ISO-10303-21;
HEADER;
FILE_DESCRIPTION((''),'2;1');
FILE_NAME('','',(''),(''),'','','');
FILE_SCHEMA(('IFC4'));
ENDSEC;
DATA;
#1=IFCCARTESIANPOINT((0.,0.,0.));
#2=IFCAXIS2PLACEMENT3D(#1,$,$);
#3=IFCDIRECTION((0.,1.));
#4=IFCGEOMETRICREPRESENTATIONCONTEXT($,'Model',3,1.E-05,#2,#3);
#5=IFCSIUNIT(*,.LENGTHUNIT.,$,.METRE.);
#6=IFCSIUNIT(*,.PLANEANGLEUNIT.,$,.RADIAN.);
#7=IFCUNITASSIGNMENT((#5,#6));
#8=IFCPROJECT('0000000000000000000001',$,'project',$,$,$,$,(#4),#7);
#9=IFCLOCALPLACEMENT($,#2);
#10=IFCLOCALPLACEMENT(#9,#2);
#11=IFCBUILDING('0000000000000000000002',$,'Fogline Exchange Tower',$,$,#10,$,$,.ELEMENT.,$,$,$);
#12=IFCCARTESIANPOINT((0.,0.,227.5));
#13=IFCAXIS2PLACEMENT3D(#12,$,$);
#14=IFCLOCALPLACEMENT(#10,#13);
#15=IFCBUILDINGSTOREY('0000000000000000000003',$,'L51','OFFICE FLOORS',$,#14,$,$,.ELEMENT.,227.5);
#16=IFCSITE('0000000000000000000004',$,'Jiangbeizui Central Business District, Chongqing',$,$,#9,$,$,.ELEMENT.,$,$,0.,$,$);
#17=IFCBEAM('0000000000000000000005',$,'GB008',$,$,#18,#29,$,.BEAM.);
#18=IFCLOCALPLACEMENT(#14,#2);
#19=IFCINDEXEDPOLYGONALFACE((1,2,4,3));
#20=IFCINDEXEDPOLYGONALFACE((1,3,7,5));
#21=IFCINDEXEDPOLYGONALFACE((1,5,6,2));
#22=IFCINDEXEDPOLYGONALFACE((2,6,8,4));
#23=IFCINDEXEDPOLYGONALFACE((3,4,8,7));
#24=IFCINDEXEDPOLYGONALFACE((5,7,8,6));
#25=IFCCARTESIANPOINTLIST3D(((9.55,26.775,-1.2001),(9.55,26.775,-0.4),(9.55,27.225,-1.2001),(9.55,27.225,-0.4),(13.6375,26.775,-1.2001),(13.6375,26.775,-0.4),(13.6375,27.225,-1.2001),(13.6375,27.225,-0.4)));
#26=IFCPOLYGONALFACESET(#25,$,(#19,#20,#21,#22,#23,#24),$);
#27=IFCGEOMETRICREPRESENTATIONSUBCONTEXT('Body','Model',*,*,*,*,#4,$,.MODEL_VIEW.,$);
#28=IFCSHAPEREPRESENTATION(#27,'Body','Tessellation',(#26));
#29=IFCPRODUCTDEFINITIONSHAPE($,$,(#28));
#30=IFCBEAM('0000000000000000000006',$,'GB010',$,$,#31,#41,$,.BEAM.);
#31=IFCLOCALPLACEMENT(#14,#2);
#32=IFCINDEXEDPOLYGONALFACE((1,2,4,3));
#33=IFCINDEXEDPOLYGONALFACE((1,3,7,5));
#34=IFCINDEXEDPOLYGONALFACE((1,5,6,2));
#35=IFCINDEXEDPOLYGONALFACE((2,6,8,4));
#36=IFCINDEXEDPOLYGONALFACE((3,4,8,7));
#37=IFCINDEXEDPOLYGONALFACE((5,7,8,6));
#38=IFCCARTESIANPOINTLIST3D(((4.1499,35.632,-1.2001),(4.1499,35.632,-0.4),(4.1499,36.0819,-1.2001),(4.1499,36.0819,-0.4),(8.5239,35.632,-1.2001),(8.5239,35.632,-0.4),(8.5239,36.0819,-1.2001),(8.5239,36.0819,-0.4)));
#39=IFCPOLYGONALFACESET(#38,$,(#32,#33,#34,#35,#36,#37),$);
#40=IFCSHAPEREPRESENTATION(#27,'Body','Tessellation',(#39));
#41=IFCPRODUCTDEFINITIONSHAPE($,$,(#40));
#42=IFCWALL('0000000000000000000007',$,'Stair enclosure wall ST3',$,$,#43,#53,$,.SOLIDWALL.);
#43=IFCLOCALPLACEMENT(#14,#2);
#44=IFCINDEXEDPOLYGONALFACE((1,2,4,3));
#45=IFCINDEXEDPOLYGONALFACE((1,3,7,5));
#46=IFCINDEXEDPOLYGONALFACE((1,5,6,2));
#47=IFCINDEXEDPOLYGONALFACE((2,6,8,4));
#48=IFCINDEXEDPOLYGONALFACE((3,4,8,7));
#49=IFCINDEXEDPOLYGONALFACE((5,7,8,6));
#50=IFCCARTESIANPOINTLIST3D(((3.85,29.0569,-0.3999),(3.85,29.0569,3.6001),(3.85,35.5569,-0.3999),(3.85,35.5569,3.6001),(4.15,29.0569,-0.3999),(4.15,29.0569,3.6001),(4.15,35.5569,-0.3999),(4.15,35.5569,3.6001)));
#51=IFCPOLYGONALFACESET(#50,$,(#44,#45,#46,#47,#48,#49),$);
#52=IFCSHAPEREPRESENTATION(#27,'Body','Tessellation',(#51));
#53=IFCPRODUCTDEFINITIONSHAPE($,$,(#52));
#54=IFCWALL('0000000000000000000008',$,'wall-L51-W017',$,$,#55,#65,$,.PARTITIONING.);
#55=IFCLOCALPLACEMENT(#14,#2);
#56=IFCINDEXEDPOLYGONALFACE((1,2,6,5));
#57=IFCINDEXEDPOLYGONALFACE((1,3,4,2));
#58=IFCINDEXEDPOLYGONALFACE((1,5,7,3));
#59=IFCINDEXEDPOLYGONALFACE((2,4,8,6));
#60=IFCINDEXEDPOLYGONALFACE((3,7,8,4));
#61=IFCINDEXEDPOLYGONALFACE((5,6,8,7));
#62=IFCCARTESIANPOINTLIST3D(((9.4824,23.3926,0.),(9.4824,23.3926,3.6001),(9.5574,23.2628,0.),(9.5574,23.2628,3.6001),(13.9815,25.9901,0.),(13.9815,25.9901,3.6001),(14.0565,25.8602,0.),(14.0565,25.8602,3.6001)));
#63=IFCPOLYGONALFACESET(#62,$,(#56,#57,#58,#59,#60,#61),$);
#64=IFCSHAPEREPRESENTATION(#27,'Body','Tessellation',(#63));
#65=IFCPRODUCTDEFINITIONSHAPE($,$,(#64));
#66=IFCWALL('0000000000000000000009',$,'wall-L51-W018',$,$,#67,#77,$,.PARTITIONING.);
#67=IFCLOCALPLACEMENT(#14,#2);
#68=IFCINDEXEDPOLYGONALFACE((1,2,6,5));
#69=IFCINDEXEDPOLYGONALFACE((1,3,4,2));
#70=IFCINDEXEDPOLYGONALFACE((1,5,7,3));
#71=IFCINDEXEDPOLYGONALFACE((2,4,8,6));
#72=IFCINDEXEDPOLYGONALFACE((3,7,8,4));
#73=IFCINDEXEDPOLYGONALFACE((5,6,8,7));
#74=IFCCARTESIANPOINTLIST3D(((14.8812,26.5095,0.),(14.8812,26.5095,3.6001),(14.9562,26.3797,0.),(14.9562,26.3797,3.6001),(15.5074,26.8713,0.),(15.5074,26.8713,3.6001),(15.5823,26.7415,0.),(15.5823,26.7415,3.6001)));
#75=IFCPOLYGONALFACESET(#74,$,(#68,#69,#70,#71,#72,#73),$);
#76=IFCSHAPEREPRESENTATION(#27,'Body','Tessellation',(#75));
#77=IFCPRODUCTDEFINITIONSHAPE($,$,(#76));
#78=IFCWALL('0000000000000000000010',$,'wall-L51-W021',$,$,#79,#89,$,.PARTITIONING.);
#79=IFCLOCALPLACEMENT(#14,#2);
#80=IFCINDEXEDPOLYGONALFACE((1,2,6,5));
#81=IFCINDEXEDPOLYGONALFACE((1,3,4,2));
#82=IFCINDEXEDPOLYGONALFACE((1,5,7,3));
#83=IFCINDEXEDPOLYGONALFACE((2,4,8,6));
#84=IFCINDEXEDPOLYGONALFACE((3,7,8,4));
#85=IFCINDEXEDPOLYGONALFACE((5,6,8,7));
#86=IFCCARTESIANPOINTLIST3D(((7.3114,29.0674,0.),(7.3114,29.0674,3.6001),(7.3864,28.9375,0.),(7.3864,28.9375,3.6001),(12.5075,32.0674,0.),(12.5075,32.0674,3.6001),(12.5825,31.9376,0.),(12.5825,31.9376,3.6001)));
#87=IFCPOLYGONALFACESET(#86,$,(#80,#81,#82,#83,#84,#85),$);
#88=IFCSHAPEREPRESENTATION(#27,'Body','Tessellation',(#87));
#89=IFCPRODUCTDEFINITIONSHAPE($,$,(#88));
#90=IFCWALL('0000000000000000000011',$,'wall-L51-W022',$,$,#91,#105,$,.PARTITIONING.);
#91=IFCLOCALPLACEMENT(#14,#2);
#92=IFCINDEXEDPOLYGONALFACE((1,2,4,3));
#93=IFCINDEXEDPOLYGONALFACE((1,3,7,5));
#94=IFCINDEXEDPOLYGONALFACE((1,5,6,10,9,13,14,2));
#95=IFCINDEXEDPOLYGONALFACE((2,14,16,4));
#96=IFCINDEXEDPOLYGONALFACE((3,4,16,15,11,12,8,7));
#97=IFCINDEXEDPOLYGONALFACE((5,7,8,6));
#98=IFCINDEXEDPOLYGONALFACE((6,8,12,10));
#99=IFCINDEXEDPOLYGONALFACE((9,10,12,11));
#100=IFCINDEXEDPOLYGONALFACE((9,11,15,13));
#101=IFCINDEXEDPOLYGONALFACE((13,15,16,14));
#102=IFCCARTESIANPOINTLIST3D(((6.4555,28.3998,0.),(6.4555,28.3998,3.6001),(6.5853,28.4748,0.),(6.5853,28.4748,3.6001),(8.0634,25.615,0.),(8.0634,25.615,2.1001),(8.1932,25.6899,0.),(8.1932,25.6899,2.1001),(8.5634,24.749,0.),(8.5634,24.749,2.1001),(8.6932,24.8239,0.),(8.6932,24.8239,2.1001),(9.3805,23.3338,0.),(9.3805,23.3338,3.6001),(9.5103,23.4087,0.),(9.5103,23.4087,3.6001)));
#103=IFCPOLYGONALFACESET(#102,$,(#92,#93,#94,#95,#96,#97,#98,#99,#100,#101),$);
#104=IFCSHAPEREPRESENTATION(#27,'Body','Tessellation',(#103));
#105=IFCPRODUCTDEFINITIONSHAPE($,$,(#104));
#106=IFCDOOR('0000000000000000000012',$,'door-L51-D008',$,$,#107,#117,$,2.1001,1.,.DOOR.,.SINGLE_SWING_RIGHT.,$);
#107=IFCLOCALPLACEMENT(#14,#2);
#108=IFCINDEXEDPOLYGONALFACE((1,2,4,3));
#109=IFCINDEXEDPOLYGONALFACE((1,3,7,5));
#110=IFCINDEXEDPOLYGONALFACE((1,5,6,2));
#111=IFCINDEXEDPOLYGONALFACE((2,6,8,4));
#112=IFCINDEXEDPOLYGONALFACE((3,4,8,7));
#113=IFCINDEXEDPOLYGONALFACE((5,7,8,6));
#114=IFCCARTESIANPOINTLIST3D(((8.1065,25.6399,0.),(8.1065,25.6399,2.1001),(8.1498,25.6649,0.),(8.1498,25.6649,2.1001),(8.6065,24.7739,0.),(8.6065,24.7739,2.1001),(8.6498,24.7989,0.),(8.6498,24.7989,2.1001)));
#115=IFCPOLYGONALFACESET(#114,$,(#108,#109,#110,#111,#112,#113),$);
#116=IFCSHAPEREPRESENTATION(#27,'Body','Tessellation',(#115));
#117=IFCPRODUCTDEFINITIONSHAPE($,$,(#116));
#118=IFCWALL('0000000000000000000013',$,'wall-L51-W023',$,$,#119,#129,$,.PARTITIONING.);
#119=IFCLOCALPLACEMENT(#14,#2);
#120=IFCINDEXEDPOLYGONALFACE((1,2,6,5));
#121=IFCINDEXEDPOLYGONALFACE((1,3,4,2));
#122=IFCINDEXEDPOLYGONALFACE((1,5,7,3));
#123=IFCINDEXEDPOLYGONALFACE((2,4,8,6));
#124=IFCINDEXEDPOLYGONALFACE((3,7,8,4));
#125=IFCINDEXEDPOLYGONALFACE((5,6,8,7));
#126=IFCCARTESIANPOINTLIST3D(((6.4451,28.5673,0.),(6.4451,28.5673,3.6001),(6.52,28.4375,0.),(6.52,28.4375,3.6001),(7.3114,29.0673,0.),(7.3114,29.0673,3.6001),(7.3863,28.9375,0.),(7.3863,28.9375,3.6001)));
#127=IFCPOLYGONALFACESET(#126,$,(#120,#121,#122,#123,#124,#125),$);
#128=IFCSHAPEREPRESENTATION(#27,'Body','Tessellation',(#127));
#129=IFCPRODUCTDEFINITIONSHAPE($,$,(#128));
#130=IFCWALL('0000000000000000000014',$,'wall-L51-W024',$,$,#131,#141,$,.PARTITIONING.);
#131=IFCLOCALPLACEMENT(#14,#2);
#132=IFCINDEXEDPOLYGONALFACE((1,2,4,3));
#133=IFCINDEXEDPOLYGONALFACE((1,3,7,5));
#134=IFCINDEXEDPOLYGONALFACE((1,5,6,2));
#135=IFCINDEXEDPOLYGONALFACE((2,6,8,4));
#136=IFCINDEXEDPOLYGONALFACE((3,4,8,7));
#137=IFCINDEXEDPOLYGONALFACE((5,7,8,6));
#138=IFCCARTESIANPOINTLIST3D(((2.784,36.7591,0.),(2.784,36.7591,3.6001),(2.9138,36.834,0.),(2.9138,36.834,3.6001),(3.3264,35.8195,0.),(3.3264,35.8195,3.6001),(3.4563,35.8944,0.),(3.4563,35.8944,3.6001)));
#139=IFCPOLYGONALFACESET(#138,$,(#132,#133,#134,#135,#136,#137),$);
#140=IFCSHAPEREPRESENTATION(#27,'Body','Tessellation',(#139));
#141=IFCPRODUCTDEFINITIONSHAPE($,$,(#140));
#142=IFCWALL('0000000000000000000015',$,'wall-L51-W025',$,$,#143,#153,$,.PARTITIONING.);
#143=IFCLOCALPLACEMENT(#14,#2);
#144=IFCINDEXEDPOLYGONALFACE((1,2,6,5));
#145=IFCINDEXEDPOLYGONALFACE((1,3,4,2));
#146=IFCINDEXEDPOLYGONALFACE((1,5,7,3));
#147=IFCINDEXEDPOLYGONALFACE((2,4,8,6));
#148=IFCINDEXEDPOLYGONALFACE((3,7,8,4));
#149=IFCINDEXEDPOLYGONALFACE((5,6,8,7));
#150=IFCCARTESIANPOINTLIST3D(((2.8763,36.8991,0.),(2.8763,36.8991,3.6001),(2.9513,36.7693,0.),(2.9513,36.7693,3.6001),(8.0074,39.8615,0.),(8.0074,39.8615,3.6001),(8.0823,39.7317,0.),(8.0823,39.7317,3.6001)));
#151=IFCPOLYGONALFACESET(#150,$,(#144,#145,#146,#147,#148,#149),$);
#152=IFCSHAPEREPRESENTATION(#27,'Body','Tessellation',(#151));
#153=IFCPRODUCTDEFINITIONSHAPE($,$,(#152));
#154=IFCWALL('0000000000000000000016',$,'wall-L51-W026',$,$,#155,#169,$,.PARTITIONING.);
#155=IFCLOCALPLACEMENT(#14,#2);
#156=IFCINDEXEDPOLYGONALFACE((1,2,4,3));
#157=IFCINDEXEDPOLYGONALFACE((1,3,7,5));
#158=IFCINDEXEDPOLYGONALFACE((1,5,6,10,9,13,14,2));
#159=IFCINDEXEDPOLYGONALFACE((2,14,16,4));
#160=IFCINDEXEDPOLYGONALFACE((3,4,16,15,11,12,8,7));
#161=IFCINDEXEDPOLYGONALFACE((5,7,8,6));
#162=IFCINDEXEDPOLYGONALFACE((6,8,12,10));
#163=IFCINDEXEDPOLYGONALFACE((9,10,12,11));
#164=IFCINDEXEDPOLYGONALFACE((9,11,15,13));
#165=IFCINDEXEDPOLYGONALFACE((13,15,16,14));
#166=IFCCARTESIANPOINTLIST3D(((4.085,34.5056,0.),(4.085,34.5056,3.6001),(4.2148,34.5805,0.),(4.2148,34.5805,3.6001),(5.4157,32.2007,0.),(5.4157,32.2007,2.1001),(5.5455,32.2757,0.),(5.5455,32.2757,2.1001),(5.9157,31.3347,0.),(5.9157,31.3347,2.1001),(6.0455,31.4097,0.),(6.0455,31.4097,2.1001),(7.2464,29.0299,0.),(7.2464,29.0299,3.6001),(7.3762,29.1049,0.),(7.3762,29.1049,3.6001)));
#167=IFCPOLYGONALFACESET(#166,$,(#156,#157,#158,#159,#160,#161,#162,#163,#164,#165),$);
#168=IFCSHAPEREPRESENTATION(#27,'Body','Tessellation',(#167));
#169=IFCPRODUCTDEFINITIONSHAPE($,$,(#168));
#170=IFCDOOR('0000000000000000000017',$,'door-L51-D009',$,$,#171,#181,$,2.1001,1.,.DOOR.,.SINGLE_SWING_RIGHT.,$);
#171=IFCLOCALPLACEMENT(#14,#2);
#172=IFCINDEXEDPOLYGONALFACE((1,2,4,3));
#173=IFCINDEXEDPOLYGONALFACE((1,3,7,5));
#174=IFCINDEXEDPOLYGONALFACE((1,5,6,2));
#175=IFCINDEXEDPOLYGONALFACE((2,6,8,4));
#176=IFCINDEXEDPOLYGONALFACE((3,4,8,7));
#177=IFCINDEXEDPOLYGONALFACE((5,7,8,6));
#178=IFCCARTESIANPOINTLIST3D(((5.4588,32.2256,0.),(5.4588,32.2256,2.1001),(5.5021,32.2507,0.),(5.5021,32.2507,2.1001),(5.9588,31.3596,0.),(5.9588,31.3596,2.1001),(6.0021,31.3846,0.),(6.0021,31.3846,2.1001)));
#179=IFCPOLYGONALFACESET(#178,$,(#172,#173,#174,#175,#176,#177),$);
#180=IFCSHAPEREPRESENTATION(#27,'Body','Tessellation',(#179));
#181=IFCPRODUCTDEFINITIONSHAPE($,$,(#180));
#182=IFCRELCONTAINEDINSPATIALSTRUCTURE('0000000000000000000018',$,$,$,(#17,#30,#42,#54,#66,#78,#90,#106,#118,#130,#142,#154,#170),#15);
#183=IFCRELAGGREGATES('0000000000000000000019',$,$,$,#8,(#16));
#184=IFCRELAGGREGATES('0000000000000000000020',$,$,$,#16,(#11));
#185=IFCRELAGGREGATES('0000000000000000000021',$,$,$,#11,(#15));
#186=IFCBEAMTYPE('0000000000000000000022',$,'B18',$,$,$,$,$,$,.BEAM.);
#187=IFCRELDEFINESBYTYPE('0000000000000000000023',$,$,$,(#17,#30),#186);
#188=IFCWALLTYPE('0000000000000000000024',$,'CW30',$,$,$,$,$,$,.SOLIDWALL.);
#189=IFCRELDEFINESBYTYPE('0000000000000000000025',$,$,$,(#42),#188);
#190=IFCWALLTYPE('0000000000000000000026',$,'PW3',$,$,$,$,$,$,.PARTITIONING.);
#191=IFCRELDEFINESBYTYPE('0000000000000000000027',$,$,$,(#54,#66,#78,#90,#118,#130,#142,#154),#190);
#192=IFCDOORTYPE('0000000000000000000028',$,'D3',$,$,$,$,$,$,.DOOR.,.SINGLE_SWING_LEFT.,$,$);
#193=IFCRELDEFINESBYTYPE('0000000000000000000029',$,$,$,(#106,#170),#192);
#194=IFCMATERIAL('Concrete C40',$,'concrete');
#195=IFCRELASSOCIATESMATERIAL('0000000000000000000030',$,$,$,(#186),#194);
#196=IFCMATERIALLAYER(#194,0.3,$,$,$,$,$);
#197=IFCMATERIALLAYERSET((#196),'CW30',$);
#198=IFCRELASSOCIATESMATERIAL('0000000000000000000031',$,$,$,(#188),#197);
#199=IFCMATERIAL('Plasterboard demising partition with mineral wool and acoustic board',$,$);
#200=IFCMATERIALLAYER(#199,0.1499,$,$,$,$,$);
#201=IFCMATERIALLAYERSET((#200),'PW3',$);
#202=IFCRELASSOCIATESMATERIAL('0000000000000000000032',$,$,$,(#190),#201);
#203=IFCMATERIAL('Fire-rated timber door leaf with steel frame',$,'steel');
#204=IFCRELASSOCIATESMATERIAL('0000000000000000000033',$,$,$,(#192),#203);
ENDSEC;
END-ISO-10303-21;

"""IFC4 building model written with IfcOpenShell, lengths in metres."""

from ifc_helpers import new_model, si_unit, direction, frame, frame_2d, origin, origin_2d, place, context, subcontext, project, spatial, rectangle, extrude, material, layer, layer_set, material_profile, profile_set, type_object, element, fill, save


model = new_model("IFC4")

# Units and contexts
model_context = context("Model", 3, precision=1e-05, world=origin(), true_north=direction((0.0, 1.0)))
body_context = subcontext(model_context, "Body", "Model", "MODEL_VIEW")
ifc_project = project(units=[si_unit("LENGTHUNIT", "METRE"), si_unit("PLANEANGLEUNIT", "RADIAN")], contexts=[model_context])

# Site, building, storey
site_placement = place(None, origin())
site = spatial("IfcSite", under=ifc_project, at=site_placement, Name="Jiangbeizui Central Business District, Chongqing", CompositionType="ELEMENT", RefElevation=0.0)
building_placement = place(site_placement, origin())
building = spatial("IfcBuilding", under=site, at=building_placement, Name="Fogline Exchange Tower", CompositionType="ELEMENT")
storey_placement = place(building_placement, frame((0.0, 0.0, 227.5)))
storey = spatial("IfcBuildingStorey", under=building, at=storey_placement, Name="L51", Description="OFFICE FLOORS", CompositionType="ELEMENT", Elevation=227.5)

# Beams
ifc_material_1 = material(Name="Concrete C40", Category="concrete")
ifc_material_profile_1 = material_profile(ifc_material_1, rectangle(XDim=0.45, YDim=0.8, at=origin_2d()), Name="RC 450x800")
ifc_profile_set_1 = profile_set([ifc_material_profile_1], Name="Concrete C40")
beam_type_1 = type_object("IfcBeamType", Name="B18", PredefinedType="BEAM", material=ifc_profile_set_1)
beam_1_placement = place(storey_placement, frame((9.55, 27.0, -0.8), z_axis=(1.0, 0.0, 0.0), x_axis=(0.0, 1.0, 0.0)))
element("IfcBeam", 1, at=beam_1_placement, inside=storey, type_object=beam_type_1, Name="GB008", PredefinedType="BEAM", context=body_context, shape_type="SweptSolid", body=[
    extrude(rectangle(XDim=0.45, YDim=0.8, at=origin_2d()), origin(), (0.0, 0.0, 1.0), 4.0874),
])
beam_2_placement = place(storey_placement, frame((4.1499, 35.8569, -0.8), z_axis=(1.0, 0.0, 0.0), x_axis=(0.0, 1.0, 0.0)))
element("IfcBeam", 2, at=beam_2_placement, inside=storey, type_object=beam_type_1, Name="GB010", PredefinedType="BEAM", context=body_context, shape_type="SweptSolid", body=[
    extrude(rectangle(XDim=0.45, YDim=0.8, at=origin_2d()), origin(), (0.0, 0.0, 1.0), 4.374),
])

# Wall
ifc_layer_1 = layer(ifc_material_1, 0.3)
ifc_layer_set_1 = layer_set([ifc_layer_1], Name="CW30")
wall_type_1 = type_object("IfcWallType", Name="CW30", PredefinedType="SOLIDWALL", material=ifc_layer_set_1)
wall_1_placement = place(storey_placement, frame((4.0, 29.0569, -0.3999), z_axis=(0.0, 0.0, 1.0), x_axis=(0.0, 1.0, 0.0)))
element("IfcWall", 3, at=wall_1_placement, inside=storey, type_object=wall_type_1, Name="Stair enclosure wall ST3", PredefinedType="SOLIDWALL", context=body_context, shape_type="SweptSolid", body=[
    extrude(rectangle(XDim=6.5, YDim=0.3, at=frame_2d((3.25, 0.0))), origin(), (0.0, 0.0, 1.0), 4.0),
])

# Walls
ifc_material_2 = material(Name="Plasterboard demising partition with mineral wool and acoustic board")
ifc_layer_2 = layer(ifc_material_2, 0.1499)
ifc_layer_set_2 = layer_set([ifc_layer_2], Name="PW3")
wall_type_2 = type_object("IfcWallType", Name="PW3", PredefinedType="PARTITIONING", material=ifc_layer_set_2)
wall_2_placement = place(storey_placement, frame((9.5198, 23.3276, 0.0), z_axis=(0.0, 0.0, 1.0), x_axis=(0.866034, 0.499986, 0.0)))
element("IfcWall", 4, at=wall_2_placement, inside=storey, type_object=wall_type_2, Name="wall-L51-W017", PredefinedType="PARTITIONING", context=body_context, shape_type="SweptSolid", body=[
    extrude(rectangle(XDim=5.1951, YDim=0.1499, at=frame_2d((2.5977, 0.0))), origin(), (0.0, 0.0, 1.0), 3.6001),
])
wall_3_placement = place(storey_placement, frame((14.9187, 26.4446, 0.0), z_axis=(0.0, 0.0, 1.0), x_axis=(0.865865, 0.500278, 0.0)))
element("IfcWall", 5, at=wall_3_placement, inside=storey, type_object=wall_type_2, Name="wall-L51-W018", PredefinedType="PARTITIONING", context=body_context, shape_type="SweptSolid", body=[
    extrude(rectangle(XDim=0.7231, YDim=0.1499, at=frame_2d((0.3616, 0.0))), origin(), (0.0, 0.0, 1.0), 3.6001),
])
wall_4_placement = place(storey_placement, frame((7.3489, 29.0024, 0.0), z_axis=(0.0, 0.0, 1.0), x_axis=(0.866021, 0.500008, 0.0)))
element("IfcWall", 6, at=wall_4_placement, inside=storey, type_object=wall_type_2, Name="wall-L51-W021", PredefinedType="PARTITIONING", context=body_context, shape_type="SweptSolid", body=[
    extrude(rectangle(XDim=6.0, YDim=0.1499, at=frame_2d((3.0, 0.0))), origin(), (0.0, 0.0, 1.0), 3.6001),
])

# Wall, opening, door
wall_5_placement = place(storey_placement, frame((9.4453, 23.3713, 0.0), z_axis=(0.0, 0.0, 1.0), x_axis=(-0.500013, 0.866018, 0.0)))
wall_5 = element("IfcWall", 7, at=wall_5_placement, inside=storey, type_object=wall_type_2, Name="wall-L51-W022", PredefinedType="PARTITIONING", context=body_context, shape_type="SweptSolid", body=[
    extrude(rectangle(XDim=5.8499, YDim=0.1499, at=frame_2d((2.9248, 0.0))), origin(), (0.0, 0.0, 1.0), 3.6001),
])
opening_1_placement = place(wall_5_placement, frame((1.634, 0.0, 0.0)))
opening_1 = element("IfcOpeningElement", 8, at=opening_1_placement, cuts=wall_5, PredefinedType="OPENING", context=body_context, shape_type="SweptSolid", body=[
    extrude(rectangle(XDim=1.0, YDim=2.1001, at=frame_2d((0.5, 1.05))), frame((0.0, 0.085, 0.0), z_axis=(0.0, -1.0, 0.0), x_axis=(1.0, 0.0, 0.0)), (0.0, 0.0, 1.0), 0.1699),
])
ifc_material_3 = material(Name="Fire-rated timber door leaf with steel frame", Category="steel")
door_type_1 = type_object("IfcDoorType", Name="D3", OperationType="SINGLE_SWING_LEFT", PredefinedType="DOOR", material=ifc_material_3)
door_1_placement = place(opening_1_placement, frame((1.0, 0.0, 0.0), z_axis=(0.0, 0.0, 1.0), x_axis=(-1.0, 0.0, 0.0)))
door_1 = element("IfcDoor", 9, at=door_1_placement, inside=storey, type_object=door_type_1, Name="door-L51-D008", OperationType="SINGLE_SWING_RIGHT", OverallHeight=2.1001, OverallWidth=1.0, PredefinedType="DOOR", context=body_context, shape_type="SweptSolid", body=[
    extrude(rectangle(XDim=1.0, YDim=2.1001, at=frame_2d((0.5, 1.05))), frame((0.0, 0.0249, 0.0), z_axis=(0.0, -1.0, 0.0), x_axis=(1.0, 0.0, 0.0)), (0.0, 0.0, 1.0), 0.05),
])
fill(opening_1, door_1)

# Walls
wall_6_placement = place(storey_placement, frame((6.4827, 28.5024, 0.0), z_axis=(0.0, 0.0, 1.0), x_axis=(0.866072, 0.49992, 0.0)))
element("IfcWall", 10, at=wall_6_placement, inside=storey, type_object=wall_type_2, Name="wall-L51-W023", PredefinedType="PARTITIONING", context=body_context, shape_type="SweptSolid", body=[
    extrude(rectangle(XDim=1.0002, YDim=0.1499, at=frame_2d((0.5, 0.0))), origin(), (0.0, 0.0, 1.0), 3.6001),
])
wall_7_placement = place(storey_placement, frame((3.3914, 35.8569, 0.0), z_axis=(0.0, 0.0, 1.0), x_axis=(-0.499963, 0.866047, 0.0)))
element("IfcWall", 11, at=wall_7_placement, inside=storey, type_object=wall_type_2, Name="wall-L51-W024", PredefinedType="PARTITIONING", context=body_context, shape_type="SweptSolid", body=[
    extrude(rectangle(XDim=1.085, YDim=0.1499, at=frame_2d((0.5425, 0.0))), origin(), (0.0, 0.0, 1.0), 3.6001),
])
wall_8_placement = place(storey_placement, frame((2.9138, 36.8342, 0.0), z_axis=(0.0, 0.0, 1.0), x_axis=(0.866028, 0.499995, 0.0)))
element("IfcWall", 12, at=wall_8_placement, inside=storey, type_object=wall_type_2, Name="wall-L51-W025", PredefinedType="PARTITIONING", context=body_context, shape_type="SweptSolid", body=[
    extrude(rectangle(XDim=5.9248, YDim=0.1499, at=frame_2d((2.9624, 0.0))), origin(), (0.0, 0.0, 1.0), 3.6001),
])

# Wall, opening, door
wall_9_placement = place(storey_placement, frame((7.3113, 29.0674, 0.0), z_axis=(0.0, 0.0, 1.0), x_axis=(-0.500005, 0.866022, 0.0)))
wall_9 = element("IfcWall", 13, at=wall_9_placement, inside=storey, type_object=wall_type_2, Name="wall-L51-W026", PredefinedType="PARTITIONING", context=body_context, shape_type="SweptSolid", body=[
    extrude(rectangle(XDim=6.3228, YDim=0.1499, at=frame_2d((3.1614, 0.0))), origin(), (0.0, 0.0, 1.0), 3.6001),
])
opening_2_placement = place(wall_9_placement, frame((2.6614, 0.0, 0.0)))
opening_2 = element("IfcOpeningElement", 14, at=opening_2_placement, cuts=wall_9, PredefinedType="OPENING", context=body_context, shape_type="SweptSolid", body=[
    extrude(rectangle(XDim=1.0, YDim=2.1001, at=frame_2d((0.5, 1.05))), frame((0.0, 0.085, 0.0), z_axis=(0.0, -1.0, 0.0), x_axis=(1.0, 0.0, 0.0)), (0.0, 0.0, 1.0), 0.1699),
])
door_2_placement = place(opening_2_placement, frame((1.0, 0.0, 0.0), z_axis=(0.0, 0.0, 1.0), x_axis=(-1.0, 0.0, 0.0)))
door_2 = element("IfcDoor", 15, at=door_2_placement, inside=storey, type_object=door_type_1, Name="door-L51-D009", OperationType="SINGLE_SWING_RIGHT", OverallHeight=2.1001, OverallWidth=1.0, PredefinedType="DOOR", context=body_context, shape_type="SweptSolid", body=[
    extrude(rectangle(XDim=1.0, YDim=2.1001, at=frame_2d((0.5, 1.05))), frame((0.0, 0.0249, 0.0), z_axis=(0.0, -1.0, 0.0), x_axis=(1.0, 0.0, 0.0)), (0.0, 0.0, 1.0), 0.05),
])
fill(opening_2, door_2)

save(model, "model.ifc")
